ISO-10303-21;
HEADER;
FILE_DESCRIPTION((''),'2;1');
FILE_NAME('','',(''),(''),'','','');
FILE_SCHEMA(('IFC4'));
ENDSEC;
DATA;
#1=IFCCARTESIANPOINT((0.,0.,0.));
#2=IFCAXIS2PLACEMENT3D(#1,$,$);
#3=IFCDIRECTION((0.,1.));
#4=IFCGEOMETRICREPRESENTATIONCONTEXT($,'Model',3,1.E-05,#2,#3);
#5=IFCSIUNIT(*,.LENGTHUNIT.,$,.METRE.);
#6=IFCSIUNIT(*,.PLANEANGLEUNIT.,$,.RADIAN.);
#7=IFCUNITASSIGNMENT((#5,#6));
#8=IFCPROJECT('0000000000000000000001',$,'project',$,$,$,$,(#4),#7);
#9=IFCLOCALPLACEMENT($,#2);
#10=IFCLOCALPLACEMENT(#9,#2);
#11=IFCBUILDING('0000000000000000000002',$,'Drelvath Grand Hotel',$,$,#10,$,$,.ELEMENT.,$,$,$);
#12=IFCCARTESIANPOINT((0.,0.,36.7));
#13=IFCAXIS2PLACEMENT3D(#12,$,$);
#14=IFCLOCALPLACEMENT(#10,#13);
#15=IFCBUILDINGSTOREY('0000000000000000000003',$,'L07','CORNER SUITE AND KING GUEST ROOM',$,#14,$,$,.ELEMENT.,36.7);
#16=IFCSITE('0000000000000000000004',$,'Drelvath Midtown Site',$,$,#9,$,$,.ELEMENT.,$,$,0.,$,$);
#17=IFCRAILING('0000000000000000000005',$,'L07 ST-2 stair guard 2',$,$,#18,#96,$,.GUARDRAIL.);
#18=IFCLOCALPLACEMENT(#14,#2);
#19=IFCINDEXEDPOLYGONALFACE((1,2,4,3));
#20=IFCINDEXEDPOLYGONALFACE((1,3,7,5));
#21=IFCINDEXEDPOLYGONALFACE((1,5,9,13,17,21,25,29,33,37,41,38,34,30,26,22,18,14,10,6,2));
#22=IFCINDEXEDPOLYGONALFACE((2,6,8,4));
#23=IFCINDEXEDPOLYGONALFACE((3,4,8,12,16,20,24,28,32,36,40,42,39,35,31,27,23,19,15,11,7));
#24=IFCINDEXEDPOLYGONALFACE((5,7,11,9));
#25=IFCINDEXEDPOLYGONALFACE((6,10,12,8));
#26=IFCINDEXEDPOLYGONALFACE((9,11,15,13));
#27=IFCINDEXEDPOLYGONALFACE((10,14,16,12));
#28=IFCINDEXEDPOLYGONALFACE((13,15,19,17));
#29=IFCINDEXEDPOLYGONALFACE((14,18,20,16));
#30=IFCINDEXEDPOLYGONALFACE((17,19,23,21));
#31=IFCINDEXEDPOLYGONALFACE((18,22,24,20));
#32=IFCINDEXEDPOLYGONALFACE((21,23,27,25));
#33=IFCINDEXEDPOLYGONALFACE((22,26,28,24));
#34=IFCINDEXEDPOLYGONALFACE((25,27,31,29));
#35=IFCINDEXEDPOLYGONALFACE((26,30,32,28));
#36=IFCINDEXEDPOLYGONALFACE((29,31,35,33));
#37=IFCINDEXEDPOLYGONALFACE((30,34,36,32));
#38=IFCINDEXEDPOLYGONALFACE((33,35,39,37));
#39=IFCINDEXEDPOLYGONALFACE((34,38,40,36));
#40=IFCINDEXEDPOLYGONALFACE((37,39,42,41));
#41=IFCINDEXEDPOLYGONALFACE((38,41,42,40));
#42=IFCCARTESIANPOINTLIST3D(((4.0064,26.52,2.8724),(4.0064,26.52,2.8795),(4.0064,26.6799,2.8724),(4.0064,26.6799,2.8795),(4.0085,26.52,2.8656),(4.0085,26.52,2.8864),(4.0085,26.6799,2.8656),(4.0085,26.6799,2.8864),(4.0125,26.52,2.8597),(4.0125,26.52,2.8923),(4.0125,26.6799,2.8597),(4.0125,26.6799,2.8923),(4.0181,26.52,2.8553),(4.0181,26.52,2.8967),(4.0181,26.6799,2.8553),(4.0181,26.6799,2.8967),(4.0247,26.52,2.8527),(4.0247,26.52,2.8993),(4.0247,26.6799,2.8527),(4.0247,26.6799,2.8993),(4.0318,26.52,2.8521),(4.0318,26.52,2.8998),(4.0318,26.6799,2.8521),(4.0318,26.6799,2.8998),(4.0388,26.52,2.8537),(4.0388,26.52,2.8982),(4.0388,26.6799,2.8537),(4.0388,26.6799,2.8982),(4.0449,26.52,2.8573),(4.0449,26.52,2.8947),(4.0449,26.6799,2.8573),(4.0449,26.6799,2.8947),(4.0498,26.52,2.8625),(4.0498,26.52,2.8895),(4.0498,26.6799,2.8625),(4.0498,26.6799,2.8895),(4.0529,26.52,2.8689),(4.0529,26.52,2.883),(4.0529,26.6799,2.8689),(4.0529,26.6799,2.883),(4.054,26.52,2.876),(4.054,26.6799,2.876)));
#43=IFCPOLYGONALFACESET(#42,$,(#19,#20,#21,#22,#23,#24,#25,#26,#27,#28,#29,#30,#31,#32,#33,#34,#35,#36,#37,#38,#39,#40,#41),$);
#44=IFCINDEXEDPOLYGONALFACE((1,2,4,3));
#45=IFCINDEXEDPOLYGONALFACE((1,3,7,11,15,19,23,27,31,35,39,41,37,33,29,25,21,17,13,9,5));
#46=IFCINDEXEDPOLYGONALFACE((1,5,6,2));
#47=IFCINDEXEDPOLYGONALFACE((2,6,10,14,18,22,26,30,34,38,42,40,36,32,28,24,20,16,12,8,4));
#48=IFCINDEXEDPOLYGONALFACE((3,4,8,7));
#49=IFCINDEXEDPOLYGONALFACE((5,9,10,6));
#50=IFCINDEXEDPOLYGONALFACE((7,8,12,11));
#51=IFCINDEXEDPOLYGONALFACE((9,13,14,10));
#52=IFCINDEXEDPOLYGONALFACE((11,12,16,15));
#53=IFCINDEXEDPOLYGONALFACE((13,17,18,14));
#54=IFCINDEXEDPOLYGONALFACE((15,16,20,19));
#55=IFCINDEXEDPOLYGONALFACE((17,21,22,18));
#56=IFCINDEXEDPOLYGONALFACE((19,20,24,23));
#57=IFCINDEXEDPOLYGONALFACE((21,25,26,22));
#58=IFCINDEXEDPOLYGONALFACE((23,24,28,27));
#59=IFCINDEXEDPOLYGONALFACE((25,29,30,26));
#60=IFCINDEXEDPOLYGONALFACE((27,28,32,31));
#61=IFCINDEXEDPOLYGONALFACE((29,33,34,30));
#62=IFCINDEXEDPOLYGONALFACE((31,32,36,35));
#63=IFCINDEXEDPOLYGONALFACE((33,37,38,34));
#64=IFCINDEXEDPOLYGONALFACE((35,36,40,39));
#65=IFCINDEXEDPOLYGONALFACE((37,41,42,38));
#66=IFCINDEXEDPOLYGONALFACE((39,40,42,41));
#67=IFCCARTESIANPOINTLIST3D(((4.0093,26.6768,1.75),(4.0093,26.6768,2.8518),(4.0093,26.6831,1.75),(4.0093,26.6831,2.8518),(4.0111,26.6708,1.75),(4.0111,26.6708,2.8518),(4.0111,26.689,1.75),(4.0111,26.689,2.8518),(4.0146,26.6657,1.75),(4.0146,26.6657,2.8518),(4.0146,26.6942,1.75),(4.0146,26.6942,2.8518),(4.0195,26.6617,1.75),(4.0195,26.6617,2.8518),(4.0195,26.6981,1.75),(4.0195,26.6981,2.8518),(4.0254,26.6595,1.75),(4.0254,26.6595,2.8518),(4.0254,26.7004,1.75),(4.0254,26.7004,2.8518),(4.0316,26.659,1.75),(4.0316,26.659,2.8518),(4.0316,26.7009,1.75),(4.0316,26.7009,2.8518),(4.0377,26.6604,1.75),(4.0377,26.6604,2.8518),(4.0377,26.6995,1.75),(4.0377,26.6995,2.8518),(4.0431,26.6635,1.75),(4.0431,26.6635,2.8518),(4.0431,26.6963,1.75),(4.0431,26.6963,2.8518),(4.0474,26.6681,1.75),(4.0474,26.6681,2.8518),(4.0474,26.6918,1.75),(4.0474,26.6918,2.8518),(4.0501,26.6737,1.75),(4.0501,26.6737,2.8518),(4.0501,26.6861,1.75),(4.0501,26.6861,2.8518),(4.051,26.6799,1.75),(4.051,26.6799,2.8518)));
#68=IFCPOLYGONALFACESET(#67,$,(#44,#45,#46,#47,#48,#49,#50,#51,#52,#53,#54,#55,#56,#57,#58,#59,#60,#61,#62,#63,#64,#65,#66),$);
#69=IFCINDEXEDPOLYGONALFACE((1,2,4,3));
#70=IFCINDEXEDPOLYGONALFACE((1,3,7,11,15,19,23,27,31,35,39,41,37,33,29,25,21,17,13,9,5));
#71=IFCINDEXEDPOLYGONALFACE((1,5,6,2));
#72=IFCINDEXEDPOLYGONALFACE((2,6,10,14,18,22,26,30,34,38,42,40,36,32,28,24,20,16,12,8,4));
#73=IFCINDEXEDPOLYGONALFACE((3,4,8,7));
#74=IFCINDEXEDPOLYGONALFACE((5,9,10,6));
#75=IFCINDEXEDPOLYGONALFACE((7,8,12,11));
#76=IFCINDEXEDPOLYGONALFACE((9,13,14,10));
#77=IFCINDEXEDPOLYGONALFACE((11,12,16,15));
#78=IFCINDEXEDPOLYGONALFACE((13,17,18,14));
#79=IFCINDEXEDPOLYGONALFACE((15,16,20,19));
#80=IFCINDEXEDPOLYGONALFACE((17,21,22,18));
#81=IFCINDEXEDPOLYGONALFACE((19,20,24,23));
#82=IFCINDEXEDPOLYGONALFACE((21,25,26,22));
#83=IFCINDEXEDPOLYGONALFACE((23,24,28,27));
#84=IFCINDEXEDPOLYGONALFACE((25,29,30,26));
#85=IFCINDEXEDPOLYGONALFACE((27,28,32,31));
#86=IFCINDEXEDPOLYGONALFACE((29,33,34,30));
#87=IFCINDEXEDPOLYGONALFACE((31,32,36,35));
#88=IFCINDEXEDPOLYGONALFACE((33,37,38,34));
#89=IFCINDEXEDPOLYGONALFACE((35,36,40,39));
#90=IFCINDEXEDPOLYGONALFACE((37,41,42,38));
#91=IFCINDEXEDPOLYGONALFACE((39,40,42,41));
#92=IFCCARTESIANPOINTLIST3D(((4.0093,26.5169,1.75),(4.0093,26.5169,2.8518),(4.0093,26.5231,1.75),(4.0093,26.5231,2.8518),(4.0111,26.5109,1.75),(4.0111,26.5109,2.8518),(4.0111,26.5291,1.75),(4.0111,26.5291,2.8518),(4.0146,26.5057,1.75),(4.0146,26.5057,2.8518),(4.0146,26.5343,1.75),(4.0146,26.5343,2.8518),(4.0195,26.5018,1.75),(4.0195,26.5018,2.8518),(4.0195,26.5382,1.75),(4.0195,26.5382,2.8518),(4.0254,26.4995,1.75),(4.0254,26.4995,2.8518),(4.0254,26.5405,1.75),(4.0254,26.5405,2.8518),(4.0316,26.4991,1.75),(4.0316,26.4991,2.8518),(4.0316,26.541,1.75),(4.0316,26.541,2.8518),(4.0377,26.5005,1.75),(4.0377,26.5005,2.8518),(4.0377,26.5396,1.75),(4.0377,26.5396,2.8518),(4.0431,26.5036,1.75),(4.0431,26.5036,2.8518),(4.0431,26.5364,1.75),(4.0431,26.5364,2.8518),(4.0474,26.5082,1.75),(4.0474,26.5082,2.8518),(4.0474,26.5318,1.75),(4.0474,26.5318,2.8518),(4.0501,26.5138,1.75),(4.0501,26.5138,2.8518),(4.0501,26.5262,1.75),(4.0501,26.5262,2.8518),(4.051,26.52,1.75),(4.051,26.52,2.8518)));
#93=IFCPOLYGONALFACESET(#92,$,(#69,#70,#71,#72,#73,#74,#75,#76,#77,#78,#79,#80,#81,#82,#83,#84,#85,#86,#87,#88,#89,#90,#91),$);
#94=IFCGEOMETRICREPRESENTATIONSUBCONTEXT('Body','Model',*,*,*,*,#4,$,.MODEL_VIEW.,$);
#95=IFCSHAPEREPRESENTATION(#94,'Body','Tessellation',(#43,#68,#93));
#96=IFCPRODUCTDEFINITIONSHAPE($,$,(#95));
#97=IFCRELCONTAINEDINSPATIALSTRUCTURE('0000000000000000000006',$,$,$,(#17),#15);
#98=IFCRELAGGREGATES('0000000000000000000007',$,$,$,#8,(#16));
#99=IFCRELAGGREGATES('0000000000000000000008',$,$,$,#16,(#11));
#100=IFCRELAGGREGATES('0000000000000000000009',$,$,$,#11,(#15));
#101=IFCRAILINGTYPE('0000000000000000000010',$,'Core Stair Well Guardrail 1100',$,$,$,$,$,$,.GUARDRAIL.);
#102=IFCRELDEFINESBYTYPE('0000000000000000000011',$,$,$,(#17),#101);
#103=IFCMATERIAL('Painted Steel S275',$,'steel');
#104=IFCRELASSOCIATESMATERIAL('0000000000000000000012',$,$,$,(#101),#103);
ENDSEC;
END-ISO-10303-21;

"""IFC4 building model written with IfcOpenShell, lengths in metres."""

from ifc_helpers import new_model, si_unit, direction, frame, origin, origin_2d, place, context, subcontext, project, spatial, circle, extrude, material, type_object, element, save


model = new_model("IFC4")

# Units and contexts
model_context = context("Model", 3, precision=1e-05, world=origin(), true_north=direction((0.0, 1.0)))
body_context = subcontext(model_context, "Body", "Model", "MODEL_VIEW")
ifc_project = project(units=[si_unit("LENGTHUNIT", "METRE"), si_unit("PLANEANGLEUNIT", "RADIAN")], contexts=[model_context])

# Site, building, storey
site_placement = place(None, origin())
site = spatial("IfcSite", under=ifc_project, at=site_placement, Name="Drelvath Midtown Site", CompositionType="ELEMENT", RefElevation=0.0)
building_placement = place(site_placement, origin())
building = spatial("IfcBuilding", under=site, at=building_placement, Name="Drelvath Grand Hotel", CompositionType="ELEMENT")
storey_placement = place(building_placement, frame((0.0, 0.0, 36.7)))
storey = spatial("IfcBuildingStorey", under=building, at=storey_placement, Name="L07", Description="CORNER SUITE AND KING GUEST ROOM", CompositionType="ELEMENT", Elevation=36.7)

# Shared definitions
ifc_material_1 = material(Name="Painted Steel S275", Category="steel")

# Railing
railing_type_1 = type_object("IfcRailingType", Name="Core Stair Well Guardrail 1100", PredefinedType="GUARDRAIL", material=ifc_material_1)
railing_1_placement = place(storey_placement, frame((4.03, 26.6799, 1.75)))
element("IfcRailing", 1, at=railing_1_placement, inside=storey, type_object=railing_type_1, Name="L07 ST-2 stair guard 2", PredefinedType="GUARDRAIL", context=body_context, shape_type="SweptSolid", body=[
    extrude(circle(Radius=0.0239, at=origin_2d()), frame((0.0, 0.0, 1.126), z_axis=(0.0, -1.0, 0.0), x_axis=(1.0, 0.0, 0.0)), (0.0, 0.0, 1.0), 0.1599),
    extrude(circle(Radius=0.021, at=origin_2d()), origin(), (0.0, 0.0, 1.0), 1.1018),
    extrude(circle(Radius=0.021, at=origin_2d()), frame((0.0, -0.1599, 0.0)), (0.0, 0.0, 1.0), 1.1018),
])

save(model, "model.ifc")
